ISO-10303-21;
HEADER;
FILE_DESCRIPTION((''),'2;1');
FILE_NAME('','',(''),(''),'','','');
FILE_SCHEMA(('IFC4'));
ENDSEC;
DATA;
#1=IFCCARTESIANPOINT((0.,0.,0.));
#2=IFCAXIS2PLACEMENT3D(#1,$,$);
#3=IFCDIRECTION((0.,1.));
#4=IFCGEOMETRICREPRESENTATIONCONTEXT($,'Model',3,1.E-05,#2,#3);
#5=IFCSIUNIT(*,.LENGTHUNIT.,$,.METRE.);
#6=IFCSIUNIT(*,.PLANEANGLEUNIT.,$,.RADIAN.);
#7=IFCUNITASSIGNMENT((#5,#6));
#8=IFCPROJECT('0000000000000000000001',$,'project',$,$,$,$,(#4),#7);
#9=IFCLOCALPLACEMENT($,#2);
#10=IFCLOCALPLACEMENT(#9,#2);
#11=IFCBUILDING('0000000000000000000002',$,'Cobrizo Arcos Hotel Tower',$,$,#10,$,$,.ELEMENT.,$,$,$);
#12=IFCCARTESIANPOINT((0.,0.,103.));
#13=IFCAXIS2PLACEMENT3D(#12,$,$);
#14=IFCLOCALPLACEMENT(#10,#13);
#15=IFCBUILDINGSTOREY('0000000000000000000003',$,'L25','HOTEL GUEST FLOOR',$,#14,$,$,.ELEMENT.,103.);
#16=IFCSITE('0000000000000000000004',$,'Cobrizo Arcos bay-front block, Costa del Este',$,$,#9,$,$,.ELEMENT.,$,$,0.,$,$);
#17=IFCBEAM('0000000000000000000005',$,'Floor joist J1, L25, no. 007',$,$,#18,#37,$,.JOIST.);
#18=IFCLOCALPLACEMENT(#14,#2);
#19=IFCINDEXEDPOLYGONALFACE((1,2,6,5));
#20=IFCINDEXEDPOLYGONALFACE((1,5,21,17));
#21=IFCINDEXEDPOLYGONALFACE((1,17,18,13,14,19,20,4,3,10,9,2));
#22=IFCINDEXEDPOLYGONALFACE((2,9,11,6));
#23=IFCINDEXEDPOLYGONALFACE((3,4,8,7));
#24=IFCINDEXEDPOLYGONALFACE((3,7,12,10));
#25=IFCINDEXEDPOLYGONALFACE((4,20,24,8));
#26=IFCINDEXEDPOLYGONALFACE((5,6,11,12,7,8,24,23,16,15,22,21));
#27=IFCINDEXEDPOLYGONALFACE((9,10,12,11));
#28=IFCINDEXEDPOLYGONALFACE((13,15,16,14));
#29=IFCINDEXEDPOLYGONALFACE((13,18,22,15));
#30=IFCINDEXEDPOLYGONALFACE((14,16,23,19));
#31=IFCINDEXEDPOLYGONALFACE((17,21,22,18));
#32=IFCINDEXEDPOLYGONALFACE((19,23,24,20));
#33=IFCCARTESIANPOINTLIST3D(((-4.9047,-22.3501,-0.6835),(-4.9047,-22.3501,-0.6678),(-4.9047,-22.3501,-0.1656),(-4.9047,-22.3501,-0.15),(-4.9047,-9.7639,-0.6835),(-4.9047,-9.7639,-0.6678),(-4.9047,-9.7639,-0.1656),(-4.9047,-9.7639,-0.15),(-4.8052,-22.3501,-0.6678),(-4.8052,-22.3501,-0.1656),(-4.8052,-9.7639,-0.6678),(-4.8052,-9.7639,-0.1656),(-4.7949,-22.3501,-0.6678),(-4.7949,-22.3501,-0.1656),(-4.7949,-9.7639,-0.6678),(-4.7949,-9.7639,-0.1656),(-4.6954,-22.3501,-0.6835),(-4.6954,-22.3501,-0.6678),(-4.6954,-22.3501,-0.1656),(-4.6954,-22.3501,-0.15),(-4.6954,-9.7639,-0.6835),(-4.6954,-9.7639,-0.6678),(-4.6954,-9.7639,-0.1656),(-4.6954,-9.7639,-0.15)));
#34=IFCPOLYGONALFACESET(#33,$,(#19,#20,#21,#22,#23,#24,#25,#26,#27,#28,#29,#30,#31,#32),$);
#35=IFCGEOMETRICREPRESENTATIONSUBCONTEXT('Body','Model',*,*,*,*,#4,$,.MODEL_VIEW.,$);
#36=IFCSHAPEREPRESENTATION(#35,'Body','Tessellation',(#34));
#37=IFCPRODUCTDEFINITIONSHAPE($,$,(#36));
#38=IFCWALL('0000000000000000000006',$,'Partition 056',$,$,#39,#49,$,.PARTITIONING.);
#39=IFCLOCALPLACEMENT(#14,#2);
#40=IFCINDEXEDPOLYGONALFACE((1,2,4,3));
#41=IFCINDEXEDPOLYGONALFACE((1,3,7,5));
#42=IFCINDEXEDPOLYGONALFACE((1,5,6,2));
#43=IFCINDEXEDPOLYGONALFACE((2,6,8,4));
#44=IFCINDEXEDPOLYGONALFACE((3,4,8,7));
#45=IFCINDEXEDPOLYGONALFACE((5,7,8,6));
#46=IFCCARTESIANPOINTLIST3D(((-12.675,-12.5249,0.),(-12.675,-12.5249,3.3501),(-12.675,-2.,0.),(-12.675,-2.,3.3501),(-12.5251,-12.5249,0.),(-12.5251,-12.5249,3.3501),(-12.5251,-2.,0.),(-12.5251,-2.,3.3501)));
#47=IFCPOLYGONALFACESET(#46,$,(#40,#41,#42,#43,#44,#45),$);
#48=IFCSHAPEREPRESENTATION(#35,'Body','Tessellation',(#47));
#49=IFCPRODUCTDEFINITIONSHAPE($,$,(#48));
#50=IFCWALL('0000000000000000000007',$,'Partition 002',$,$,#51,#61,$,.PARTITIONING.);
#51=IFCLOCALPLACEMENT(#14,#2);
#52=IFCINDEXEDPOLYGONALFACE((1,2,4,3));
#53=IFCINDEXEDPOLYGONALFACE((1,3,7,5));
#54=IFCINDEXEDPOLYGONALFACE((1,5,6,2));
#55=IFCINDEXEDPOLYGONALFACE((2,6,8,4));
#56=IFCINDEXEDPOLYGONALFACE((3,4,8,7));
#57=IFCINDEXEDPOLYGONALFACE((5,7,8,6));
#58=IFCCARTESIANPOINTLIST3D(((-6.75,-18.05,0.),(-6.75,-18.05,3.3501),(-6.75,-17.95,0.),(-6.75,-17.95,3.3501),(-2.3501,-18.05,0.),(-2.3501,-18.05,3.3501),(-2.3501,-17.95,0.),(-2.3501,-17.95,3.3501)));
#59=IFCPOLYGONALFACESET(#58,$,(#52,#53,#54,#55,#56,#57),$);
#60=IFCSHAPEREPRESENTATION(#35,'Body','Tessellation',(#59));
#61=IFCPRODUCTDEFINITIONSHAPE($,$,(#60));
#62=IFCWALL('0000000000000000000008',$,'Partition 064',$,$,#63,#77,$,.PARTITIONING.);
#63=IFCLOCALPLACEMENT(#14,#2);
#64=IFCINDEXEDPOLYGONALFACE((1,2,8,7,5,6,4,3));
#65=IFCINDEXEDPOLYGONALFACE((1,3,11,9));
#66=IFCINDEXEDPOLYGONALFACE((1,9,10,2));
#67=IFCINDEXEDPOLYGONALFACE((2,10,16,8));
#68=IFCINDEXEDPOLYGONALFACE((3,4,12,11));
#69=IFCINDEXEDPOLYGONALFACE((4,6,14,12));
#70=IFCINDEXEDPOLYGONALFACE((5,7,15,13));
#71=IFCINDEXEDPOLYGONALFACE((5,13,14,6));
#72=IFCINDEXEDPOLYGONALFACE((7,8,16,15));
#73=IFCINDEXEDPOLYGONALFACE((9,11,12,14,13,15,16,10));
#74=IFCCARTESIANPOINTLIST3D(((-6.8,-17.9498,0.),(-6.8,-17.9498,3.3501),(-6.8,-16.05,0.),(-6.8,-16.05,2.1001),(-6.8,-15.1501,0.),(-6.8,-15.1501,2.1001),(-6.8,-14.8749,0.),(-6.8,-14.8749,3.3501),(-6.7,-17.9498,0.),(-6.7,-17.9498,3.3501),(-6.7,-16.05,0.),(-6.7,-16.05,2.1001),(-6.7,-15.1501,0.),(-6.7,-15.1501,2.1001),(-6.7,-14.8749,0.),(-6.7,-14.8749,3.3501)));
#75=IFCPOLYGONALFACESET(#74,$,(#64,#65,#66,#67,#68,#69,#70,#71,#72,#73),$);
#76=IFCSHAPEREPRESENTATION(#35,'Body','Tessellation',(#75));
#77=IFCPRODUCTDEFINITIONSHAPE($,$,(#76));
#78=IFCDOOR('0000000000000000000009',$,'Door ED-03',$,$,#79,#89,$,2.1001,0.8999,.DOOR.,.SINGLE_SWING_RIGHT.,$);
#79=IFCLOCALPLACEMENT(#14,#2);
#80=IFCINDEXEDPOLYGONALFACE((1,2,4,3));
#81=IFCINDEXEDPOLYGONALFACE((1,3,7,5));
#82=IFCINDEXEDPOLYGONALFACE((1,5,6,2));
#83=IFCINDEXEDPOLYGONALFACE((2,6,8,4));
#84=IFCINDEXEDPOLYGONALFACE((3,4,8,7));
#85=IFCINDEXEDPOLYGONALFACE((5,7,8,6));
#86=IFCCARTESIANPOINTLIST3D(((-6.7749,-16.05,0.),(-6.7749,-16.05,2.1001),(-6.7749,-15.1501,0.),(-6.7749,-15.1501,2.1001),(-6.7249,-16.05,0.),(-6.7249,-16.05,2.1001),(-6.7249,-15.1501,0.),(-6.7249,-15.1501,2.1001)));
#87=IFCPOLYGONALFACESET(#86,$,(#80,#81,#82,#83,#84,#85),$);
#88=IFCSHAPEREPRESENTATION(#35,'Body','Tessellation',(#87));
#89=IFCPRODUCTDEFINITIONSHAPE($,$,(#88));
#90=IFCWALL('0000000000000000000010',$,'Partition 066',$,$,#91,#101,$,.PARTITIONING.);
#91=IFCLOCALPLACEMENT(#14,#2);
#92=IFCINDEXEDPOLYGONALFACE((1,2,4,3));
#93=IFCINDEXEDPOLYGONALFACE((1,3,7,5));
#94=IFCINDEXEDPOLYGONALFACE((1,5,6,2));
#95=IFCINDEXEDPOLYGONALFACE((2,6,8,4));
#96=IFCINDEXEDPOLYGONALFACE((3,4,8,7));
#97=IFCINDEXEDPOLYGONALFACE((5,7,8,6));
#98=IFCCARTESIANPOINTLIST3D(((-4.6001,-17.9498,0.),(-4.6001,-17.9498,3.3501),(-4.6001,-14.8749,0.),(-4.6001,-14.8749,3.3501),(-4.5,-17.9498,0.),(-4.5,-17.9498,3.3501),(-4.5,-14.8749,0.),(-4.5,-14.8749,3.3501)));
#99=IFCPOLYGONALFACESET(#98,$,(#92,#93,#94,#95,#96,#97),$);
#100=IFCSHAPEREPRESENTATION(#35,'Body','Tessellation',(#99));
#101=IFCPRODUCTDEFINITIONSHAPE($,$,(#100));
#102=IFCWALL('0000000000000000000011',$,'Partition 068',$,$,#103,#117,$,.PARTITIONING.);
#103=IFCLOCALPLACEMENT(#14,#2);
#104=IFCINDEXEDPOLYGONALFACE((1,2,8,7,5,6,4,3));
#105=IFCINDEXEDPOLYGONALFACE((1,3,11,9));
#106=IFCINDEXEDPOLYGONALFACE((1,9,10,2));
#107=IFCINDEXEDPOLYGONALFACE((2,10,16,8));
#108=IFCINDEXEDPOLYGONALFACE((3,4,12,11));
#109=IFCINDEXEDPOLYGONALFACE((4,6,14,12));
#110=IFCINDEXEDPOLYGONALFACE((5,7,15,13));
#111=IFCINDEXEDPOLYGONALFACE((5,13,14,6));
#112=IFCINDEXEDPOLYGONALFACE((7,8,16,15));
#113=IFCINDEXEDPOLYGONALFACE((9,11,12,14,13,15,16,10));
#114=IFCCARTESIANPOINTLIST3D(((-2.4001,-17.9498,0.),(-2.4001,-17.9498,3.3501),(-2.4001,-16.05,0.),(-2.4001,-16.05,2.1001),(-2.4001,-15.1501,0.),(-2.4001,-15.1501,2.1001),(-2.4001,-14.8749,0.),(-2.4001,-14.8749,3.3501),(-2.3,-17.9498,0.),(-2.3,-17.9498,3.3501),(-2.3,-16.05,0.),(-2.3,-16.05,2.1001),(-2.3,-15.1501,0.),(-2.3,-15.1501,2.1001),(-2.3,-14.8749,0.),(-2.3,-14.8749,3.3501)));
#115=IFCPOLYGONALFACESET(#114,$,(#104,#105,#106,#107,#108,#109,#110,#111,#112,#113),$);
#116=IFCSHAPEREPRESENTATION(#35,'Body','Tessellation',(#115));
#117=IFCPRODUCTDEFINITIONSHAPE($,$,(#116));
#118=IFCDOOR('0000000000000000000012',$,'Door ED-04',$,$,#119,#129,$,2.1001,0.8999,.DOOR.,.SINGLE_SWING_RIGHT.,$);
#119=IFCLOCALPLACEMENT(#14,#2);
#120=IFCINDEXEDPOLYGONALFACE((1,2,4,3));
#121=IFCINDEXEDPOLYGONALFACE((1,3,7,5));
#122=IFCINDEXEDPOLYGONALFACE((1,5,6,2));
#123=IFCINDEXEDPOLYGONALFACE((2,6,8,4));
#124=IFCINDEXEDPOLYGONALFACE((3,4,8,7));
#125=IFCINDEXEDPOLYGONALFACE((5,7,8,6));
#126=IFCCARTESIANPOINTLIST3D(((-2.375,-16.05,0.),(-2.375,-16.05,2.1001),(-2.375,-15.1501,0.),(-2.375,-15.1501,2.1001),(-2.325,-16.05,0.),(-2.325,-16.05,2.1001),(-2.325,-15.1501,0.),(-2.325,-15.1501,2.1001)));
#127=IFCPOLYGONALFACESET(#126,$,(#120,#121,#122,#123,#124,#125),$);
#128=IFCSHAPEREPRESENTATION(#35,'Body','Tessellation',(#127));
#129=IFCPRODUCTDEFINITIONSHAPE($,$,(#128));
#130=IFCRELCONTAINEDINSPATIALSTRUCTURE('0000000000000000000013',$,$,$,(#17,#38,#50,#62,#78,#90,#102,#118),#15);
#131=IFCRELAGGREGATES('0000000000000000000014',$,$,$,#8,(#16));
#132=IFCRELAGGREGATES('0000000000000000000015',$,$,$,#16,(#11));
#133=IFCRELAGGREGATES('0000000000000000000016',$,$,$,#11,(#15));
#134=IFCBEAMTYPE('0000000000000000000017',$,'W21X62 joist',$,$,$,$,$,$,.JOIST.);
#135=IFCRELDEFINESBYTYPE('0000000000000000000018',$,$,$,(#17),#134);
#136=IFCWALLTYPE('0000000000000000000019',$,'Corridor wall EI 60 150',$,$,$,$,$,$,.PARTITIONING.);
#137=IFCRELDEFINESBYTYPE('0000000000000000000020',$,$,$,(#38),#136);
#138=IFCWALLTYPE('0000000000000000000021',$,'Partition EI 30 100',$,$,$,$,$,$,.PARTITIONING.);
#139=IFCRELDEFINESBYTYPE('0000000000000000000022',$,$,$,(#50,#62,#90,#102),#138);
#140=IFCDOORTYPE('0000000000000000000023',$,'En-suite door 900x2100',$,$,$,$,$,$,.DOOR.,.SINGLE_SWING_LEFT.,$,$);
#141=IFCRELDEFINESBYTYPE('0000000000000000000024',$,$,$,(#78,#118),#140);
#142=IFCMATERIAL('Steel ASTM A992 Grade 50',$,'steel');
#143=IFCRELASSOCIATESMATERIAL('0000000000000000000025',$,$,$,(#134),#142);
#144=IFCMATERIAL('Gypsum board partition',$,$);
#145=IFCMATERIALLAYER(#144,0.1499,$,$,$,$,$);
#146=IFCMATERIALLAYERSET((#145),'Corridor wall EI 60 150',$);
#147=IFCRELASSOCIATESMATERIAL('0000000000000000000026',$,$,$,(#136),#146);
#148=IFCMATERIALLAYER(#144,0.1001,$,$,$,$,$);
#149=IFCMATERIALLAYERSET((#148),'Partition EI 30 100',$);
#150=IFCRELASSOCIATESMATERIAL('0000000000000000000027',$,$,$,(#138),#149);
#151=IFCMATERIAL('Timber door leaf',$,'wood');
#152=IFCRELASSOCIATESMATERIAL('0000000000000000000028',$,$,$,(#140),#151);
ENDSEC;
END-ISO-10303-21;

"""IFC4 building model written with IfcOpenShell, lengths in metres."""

from ifc_helpers import new_model, si_unit, direction, frame, frame_2d, origin, origin_2d, place, context, subcontext, project, spatial, rectangle, i_section, extrude, material, layer, layer_set, material_profile, profile_set, type_object, element, fill, save


model = new_model("IFC4")

# Units and contexts
model_context = context("Model", 3, precision=1e-05, world=origin(), true_north=direction((0.0, 1.0)))
body_context = subcontext(model_context, "Body", "Model", "MODEL_VIEW")
ifc_project = project(units=[si_unit("LENGTHUNIT", "METRE"), si_unit("PLANEANGLEUNIT", "RADIAN")], contexts=[model_context])

# Site, building, storey
site_placement = place(None, origin())
site = spatial("IfcSite", under=ifc_project, at=site_placement, Name="Cobrizo Arcos bay-front block, Costa del Este", CompositionType="ELEMENT", RefElevation=0.0)
building_placement = place(site_placement, origin())
building = spatial("IfcBuilding", under=site, at=building_placement, Name="Cobrizo Arcos Hotel Tower", CompositionType="ELEMENT")
storey_placement = place(building_placement, frame((0.0, 0.0, 103.0)))
storey = spatial("IfcBuildingStorey", under=building, at=storey_placement, Name="L25", Description="HOTEL GUEST FLOOR", CompositionType="ELEMENT", Elevation=103.0)

# Beam
ifc_material_1 = material(Name="Steel ASTM A992 Grade 50", Category="steel")
ifc_material_profile = material_profile(ifc_material_1, i_section(OverallWidth=0.2092, OverallDepth=0.5334, WebThickness=0.0103, FlangeThickness=0.0156, at=origin_2d()), Name="W21X62")
ifc_profile_set = profile_set([ifc_material_profile], Name="Steel ASTM A992 Grade 50")
beam_type = type_object("IfcBeamType", Name="W21X62 joist", PredefinedType="JOIST", material=ifc_profile_set)
beam_placement = place(storey_placement, frame((-4.8, -22.3501, -0.4167), z_axis=(0.0, 1.0, 0.0), x_axis=(-1.0, 0.0, 0.0)))
element("IfcBeam", 1, at=beam_placement, inside=storey, type_object=beam_type, Name="Floor joist J1, L25, no. 007", PredefinedType="JOIST", context=body_context, shape_type="SweptSolid", body=[
    extrude(i_section(OverallWidth=0.2092, OverallDepth=0.5334, WebThickness=0.0103, FlangeThickness=0.0156, at=origin_2d()), origin(), (0.0, 0.0, 1.0), 12.5862),
])

# Walls
ifc_material_2 = material(Name="Gypsum board partition")
ifc_layer_1 = layer(ifc_material_2, 0.1499)
ifc_layer_set_1 = layer_set([ifc_layer_1], Name="Corridor wall EI 60 150")
wall_type_1 = type_object("IfcWallType", Name="Corridor wall EI 60 150", PredefinedType="PARTITIONING", material=ifc_layer_set_1)
wall_1_placement = place(storey_placement, frame((-12.6001, -12.5249, 0.0), z_axis=(0.0, 0.0, 1.0), x_axis=(0.0, 1.0, 0.0)))
element("IfcWall", 2, at=wall_1_placement, inside=storey, type_object=wall_type_1, Name="Partition 056", PredefinedType="PARTITIONING", context=body_context, shape_type="SweptSolid", body=[
    extrude(rectangle(XDim=10.5249, YDim=0.1499, at=frame_2d((5.2625, 0.0))), origin(), (0.0, 0.0, 1.0), 3.3501),
])
ifc_layer_2 = layer(ifc_material_2, 0.1001)
ifc_layer_set_2 = layer_set([ifc_layer_2], Name="Partition EI 30 100")
wall_type_2 = type_object("IfcWallType", Name="Partition EI 30 100", PredefinedType="PARTITIONING", material=ifc_layer_set_2)
wall_2_placement = place(storey_placement, frame((-6.75, -18.0, 0.0), z_axis=(0.0, 0.0, 1.0), x_axis=(1.0, 0.0, 0.0)))
element("IfcWall", 3, at=wall_2_placement, inside=storey, type_object=wall_type_2, Name="Partition 002", PredefinedType="PARTITIONING", context=body_context, shape_type="SweptSolid", body=[
    extrude(rectangle(XDim=4.3999, YDim=0.1001, at=frame_2d((2.2, 0.0))), origin(), (0.0, 0.0, 1.0), 3.3501),
])

# Wall, opening, door
wall_3_placement = place(storey_placement, frame((-6.75, -17.95, 0.0), z_axis=(0.0, 0.0, 1.0), x_axis=(0.0, 1.0, 0.0)))
wall_3 = element("IfcWall", 4, at=wall_3_placement, inside=storey, type_object=wall_type_2, Name="Partition 064", PredefinedType="PARTITIONING", context=body_context, shape_type="SweptSolid", body=[
    extrude(rectangle(XDim=3.075, YDim=0.1001, at=frame_2d((1.5376, 0.0))), origin(), (0.0, 0.0, 1.0), 3.3501),
])
opening_1_placement = place(wall_3_placement, frame((1.8999, 0.0, 0.0)))
opening_1 = element("IfcOpeningElement", 5, at=opening_1_placement, cuts=wall_3, PredefinedType="OPENING", context=body_context, shape_type="SweptSolid", body=[
    extrude(rectangle(XDim=0.8999, YDim=2.1001, at=frame_2d((0.45, 1.05))), frame((0.0, 0.062, 0.0), z_axis=(0.0, -1.0, 0.0), x_axis=(1.0, 0.0, 0.0)), (0.0, 0.0, 1.0), 0.124),
])
ifc_material_3 = material(Name="Timber door leaf", Category="wood")
door_type = type_object("IfcDoorType", Name="En-suite door 900x2100", OperationType="SINGLE_SWING_LEFT", PredefinedType="DOOR", material=ifc_material_3)
door_1_placement = place(opening_1_placement, origin())
door_1 = element("IfcDoor", 6, at=door_1_placement, inside=storey, type_object=door_type, Name="Door ED-03", OperationType="SINGLE_SWING_RIGHT", OverallHeight=2.1001, OverallWidth=0.8999, PredefinedType="DOOR", context=body_context, shape_type="SweptSolid", body=[
    extrude(rectangle(XDim=0.8999, YDim=2.1001, at=frame_2d((0.45, 1.05))), frame((0.0, 0.0249, 0.0), z_axis=(0.0, -1.0, 0.0), x_axis=(1.0, 0.0, 0.0)), (0.0, 0.0, 1.0), 0.05),
])
fill(opening_1, door_1)

# Wall
wall_4_placement = place(storey_placement, frame((-4.55, -17.95, 0.0), z_axis=(0.0, 0.0, 1.0), x_axis=(0.0, 1.0, 0.0)))
element("IfcWall", 7, at=wall_4_placement, inside=storey, type_object=wall_type_2, Name="Partition 066", PredefinedType="PARTITIONING", context=body_context, shape_type="SweptSolid", body=[
    extrude(rectangle(XDim=3.075, YDim=0.1001, at=frame_2d((1.5376, 0.0))), origin(), (0.0, 0.0, 1.0), 3.3501),
])

# Wall, opening, door
wall_5_placement = place(storey_placement, frame((-2.3501, -17.95, 0.0), z_axis=(0.0, 0.0, 1.0), x_axis=(0.0, 1.0, 0.0)))
wall_5 = element("IfcWall", 8, at=wall_5_placement, inside=storey, type_object=wall_type_2, Name="Partition 068", PredefinedType="PARTITIONING", context=body_context, shape_type="SweptSolid", body=[
    extrude(rectangle(XDim=3.075, YDim=0.1001, at=frame_2d((1.5376, 0.0))), origin(), (0.0, 0.0, 1.0), 3.3501),
])
opening_2_placement = place(wall_5_placement, frame((1.8999, 0.0, 0.0)))
opening_2 = element("IfcOpeningElement", 9, at=opening_2_placement, cuts=wall_5, PredefinedType="OPENING", context=body_context, shape_type="SweptSolid", body=[
    extrude(rectangle(XDim=0.8999, YDim=2.1001, at=frame_2d((0.45, 1.05))), frame((0.0, 0.062, 0.0), z_axis=(0.0, -1.0, 0.0), x_axis=(1.0, 0.0, 0.0)), (0.0, 0.0, 1.0), 0.124),
])
door_2_placement = place(opening_2_placement, origin())
door_2 = element("IfcDoor", 10, at=door_2_placement, inside=storey, type_object=door_type, Name="Door ED-04", OperationType="SINGLE_SWING_RIGHT", OverallHeight=2.1001, OverallWidth=0.8999, PredefinedType="DOOR", context=body_context, shape_type="SweptSolid", body=[
    extrude(rectangle(XDim=0.8999, YDim=2.1001, at=frame_2d((0.45, 1.05))), frame((0.0, 0.0249, 0.0), z_axis=(0.0, -1.0, 0.0), x_axis=(1.0, 0.0, 0.0)), (0.0, 0.0, 1.0), 0.05),
])
fill(opening_2, door_2)

save(model, "model.ifc")
